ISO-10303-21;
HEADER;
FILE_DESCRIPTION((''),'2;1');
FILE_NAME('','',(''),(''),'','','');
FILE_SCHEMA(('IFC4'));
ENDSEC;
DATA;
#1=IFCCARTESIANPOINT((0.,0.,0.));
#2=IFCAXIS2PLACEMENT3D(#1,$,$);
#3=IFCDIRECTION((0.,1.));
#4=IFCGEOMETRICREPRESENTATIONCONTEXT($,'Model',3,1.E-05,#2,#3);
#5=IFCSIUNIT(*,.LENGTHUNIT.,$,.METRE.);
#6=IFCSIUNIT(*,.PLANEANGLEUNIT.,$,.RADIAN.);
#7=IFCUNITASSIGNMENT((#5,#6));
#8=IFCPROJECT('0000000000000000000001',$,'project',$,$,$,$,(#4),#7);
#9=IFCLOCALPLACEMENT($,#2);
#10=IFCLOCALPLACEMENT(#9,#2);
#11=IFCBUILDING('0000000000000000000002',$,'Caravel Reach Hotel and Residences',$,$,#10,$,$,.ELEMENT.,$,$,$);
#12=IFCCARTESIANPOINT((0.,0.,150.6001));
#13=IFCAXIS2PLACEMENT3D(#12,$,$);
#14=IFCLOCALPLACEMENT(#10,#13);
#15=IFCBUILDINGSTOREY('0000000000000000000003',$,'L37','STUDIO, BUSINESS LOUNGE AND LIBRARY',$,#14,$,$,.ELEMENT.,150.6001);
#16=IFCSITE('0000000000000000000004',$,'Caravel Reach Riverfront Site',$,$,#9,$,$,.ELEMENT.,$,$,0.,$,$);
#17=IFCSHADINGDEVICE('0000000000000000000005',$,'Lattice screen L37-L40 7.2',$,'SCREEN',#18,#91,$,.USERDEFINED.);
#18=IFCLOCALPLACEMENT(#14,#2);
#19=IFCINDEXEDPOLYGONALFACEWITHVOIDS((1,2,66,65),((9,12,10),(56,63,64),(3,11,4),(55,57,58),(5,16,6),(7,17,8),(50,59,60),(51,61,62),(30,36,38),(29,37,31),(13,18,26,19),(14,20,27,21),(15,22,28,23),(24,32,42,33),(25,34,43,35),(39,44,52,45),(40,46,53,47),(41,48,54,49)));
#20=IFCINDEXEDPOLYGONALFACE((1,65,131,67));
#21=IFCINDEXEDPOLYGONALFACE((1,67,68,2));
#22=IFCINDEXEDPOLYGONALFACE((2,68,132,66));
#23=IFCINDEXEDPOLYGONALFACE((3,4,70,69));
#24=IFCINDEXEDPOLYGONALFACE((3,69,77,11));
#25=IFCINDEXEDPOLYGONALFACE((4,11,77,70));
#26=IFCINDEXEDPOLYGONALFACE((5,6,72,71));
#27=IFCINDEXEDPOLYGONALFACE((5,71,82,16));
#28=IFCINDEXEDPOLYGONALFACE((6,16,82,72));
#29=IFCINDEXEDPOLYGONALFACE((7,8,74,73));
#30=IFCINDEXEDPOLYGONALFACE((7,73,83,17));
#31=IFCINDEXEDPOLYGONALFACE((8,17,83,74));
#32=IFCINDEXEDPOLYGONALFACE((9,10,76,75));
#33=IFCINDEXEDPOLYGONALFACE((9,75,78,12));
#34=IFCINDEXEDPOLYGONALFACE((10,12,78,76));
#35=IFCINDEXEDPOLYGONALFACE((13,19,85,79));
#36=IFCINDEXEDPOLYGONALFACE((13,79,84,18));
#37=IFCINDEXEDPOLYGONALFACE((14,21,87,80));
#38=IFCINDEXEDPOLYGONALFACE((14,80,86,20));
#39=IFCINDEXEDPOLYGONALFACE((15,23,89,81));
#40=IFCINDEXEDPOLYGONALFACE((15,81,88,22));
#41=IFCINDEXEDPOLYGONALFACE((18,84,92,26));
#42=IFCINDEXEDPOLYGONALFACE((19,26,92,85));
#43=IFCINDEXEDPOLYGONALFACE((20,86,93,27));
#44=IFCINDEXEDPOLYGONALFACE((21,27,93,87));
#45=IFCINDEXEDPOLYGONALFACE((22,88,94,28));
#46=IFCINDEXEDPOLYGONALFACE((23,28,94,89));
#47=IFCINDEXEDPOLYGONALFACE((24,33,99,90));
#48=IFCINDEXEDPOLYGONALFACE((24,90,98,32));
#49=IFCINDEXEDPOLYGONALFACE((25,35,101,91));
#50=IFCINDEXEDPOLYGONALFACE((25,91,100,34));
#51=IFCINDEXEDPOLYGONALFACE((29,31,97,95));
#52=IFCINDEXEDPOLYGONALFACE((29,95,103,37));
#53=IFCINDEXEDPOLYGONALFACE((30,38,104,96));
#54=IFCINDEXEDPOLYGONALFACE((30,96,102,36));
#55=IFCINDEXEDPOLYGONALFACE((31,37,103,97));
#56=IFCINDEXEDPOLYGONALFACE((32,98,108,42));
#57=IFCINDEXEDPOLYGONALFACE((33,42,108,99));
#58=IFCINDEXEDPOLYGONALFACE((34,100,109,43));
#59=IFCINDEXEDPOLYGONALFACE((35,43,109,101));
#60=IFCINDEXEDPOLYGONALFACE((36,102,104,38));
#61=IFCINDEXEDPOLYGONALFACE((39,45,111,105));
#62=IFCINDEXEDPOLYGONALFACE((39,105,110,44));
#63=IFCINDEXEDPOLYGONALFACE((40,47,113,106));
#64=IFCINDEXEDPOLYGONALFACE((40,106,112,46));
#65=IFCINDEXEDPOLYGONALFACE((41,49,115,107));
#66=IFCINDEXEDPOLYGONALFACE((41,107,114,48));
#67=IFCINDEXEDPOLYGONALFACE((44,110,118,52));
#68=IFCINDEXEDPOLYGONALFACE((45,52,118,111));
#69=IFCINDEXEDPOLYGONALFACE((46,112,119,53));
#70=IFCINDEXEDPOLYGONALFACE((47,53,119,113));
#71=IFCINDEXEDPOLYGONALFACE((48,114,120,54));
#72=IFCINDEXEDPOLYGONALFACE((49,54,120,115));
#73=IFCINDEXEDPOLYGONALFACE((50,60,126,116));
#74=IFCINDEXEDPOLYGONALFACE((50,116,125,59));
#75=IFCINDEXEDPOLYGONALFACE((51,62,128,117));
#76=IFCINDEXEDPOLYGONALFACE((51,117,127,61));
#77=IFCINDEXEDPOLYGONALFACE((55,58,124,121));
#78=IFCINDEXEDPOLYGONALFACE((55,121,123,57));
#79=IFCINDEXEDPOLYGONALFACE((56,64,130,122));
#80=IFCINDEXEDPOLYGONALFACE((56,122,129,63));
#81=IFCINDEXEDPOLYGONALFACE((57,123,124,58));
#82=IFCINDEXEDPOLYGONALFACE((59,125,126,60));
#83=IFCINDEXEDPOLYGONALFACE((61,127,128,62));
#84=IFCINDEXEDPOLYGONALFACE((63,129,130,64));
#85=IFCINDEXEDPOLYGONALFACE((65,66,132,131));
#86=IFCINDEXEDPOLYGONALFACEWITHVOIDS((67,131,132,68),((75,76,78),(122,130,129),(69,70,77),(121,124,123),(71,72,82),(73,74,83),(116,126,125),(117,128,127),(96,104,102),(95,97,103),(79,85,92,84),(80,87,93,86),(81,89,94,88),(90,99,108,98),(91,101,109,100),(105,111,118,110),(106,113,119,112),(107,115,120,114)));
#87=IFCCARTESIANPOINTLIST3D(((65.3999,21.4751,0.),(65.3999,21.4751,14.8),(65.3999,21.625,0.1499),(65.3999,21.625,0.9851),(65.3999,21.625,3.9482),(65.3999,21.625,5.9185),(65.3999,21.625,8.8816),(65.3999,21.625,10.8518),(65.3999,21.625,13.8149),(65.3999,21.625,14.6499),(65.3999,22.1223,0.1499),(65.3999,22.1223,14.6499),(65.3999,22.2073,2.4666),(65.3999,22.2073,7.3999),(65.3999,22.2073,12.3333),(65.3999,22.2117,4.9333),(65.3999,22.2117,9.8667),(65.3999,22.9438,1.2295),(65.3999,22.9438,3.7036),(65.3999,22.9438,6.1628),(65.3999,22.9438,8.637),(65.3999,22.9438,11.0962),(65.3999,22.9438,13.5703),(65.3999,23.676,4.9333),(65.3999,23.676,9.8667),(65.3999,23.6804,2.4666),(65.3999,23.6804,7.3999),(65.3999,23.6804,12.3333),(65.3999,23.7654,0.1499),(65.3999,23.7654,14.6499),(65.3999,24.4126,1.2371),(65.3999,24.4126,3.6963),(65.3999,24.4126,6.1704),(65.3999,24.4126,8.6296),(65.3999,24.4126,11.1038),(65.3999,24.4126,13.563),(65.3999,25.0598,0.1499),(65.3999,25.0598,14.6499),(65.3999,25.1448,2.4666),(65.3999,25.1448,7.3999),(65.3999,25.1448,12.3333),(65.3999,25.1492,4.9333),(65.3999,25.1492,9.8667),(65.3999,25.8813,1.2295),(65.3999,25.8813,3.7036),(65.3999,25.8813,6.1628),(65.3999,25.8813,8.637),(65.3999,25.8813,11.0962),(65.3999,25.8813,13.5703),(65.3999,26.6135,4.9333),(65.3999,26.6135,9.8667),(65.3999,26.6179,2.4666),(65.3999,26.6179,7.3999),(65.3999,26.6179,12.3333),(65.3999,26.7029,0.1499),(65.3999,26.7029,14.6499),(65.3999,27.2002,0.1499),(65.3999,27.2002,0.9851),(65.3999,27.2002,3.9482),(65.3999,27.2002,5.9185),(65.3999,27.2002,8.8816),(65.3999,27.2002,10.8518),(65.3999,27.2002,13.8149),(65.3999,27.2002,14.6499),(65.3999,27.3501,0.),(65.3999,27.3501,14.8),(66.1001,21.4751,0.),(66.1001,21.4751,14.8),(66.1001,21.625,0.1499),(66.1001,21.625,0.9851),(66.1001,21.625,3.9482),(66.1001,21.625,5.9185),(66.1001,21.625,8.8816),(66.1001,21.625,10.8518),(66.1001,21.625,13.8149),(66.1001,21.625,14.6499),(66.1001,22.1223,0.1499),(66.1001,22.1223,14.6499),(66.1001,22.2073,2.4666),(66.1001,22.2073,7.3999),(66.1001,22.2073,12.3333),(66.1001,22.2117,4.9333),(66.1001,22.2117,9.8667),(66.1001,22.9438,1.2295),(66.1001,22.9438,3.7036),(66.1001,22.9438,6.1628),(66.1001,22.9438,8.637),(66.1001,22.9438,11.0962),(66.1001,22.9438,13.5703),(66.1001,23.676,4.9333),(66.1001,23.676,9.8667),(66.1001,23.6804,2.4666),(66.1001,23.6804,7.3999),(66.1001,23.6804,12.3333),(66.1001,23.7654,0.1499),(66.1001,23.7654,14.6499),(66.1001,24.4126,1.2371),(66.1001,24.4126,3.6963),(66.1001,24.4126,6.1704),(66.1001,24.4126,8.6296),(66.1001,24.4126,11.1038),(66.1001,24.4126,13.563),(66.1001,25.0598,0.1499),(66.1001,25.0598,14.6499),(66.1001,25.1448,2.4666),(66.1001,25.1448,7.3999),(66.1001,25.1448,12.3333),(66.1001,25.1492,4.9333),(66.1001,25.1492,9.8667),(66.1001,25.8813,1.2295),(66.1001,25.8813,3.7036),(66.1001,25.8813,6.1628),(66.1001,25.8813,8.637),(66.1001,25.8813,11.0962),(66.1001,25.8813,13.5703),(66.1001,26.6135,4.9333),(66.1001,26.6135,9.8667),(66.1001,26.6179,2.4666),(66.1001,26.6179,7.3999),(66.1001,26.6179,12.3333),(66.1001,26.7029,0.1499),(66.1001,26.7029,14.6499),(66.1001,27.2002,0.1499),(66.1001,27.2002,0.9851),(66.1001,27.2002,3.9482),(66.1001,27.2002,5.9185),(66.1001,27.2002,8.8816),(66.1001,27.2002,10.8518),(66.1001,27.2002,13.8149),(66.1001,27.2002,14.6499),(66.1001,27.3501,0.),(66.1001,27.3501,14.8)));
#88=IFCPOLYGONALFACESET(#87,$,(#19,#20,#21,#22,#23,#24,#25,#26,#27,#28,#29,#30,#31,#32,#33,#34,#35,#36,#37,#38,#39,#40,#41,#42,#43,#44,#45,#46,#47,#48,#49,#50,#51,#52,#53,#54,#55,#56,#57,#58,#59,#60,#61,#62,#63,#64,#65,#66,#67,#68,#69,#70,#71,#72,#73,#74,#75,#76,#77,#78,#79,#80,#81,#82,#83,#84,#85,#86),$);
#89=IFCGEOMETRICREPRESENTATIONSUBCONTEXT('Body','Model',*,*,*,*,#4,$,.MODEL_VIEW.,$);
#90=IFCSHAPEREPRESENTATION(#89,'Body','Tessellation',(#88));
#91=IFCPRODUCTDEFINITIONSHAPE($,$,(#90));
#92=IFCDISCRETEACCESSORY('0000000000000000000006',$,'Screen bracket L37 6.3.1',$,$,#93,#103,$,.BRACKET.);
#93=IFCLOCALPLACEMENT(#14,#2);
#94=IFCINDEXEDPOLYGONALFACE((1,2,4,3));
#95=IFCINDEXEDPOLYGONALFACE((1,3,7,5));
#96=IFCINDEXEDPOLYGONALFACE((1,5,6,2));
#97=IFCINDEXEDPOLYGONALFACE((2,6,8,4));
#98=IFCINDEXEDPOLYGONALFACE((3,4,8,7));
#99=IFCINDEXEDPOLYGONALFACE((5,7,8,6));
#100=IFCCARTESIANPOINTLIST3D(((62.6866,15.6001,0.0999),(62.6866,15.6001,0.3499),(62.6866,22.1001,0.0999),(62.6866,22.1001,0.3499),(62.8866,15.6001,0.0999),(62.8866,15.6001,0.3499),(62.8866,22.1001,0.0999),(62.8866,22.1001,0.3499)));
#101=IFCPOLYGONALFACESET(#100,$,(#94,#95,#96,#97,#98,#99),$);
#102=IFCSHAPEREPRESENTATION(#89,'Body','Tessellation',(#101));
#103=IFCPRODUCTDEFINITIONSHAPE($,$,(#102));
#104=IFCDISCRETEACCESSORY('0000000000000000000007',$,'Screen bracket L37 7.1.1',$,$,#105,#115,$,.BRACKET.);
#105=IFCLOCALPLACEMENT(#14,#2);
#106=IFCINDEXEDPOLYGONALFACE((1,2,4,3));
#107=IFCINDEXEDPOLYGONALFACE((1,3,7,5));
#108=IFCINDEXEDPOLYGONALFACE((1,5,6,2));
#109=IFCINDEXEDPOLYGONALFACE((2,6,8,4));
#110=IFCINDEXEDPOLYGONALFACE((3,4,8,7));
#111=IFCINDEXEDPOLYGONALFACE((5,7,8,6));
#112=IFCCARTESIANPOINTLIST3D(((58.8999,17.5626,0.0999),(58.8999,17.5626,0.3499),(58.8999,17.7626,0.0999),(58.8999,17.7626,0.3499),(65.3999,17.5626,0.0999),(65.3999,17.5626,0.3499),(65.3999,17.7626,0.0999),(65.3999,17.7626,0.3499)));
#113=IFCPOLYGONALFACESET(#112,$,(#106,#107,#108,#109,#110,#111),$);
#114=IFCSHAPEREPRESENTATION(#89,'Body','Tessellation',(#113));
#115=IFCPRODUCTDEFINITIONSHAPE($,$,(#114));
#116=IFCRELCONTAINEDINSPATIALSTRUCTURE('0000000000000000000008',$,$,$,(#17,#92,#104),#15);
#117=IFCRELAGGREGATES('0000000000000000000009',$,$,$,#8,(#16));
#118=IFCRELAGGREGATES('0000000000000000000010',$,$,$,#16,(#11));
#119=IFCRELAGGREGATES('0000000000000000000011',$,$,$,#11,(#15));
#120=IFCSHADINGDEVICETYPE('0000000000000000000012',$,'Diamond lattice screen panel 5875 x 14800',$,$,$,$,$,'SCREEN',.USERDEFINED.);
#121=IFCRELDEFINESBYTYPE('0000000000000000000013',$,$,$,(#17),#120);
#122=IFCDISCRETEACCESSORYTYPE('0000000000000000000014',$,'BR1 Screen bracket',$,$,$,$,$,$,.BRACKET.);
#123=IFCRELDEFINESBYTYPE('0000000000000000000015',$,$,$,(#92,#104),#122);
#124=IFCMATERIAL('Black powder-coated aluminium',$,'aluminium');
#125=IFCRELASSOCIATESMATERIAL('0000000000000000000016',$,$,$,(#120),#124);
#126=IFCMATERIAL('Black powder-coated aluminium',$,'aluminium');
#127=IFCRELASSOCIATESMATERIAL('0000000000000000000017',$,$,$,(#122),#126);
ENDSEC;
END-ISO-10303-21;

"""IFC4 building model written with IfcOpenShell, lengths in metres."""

from ifc_helpers import new_model, si_unit, direction, frame, origin, origin_2d, place, context, subcontext, project, spatial, polyline, rectangle, outline, extrude, material, type_object, element, save


model = new_model("IFC4")

# Units and contexts
model_context = context("Model", 3, precision=1e-05, world=origin(), true_north=direction((0.0, 1.0)))
body_context = subcontext(model_context, "Body", "Model", "MODEL_VIEW")
ifc_project = project(units=[si_unit("LENGTHUNIT", "METRE"), si_unit("PLANEANGLEUNIT", "RADIAN")], contexts=[model_context])

# Site, building, storey
site_placement = place(None, origin())
site = spatial("IfcSite", under=ifc_project, at=site_placement, Name="Caravel Reach Riverfront Site", CompositionType="ELEMENT", RefElevation=0.0)
building_placement = place(site_placement, origin())
building = spatial("IfcBuilding", under=site, at=building_placement, Name="Caravel Reach Hotel and Residences", CompositionType="ELEMENT")
storey_placement = place(building_placement, frame((0.0, 0.0, 150.6001)))
storey = spatial("IfcBuildingStorey", under=building, at=storey_placement, Name="L37", Description="STUDIO, BUSINESS LOUNGE AND LIBRARY", CompositionType="ELEMENT", Elevation=150.6001)

# Shading device
ifc_material_1 = material(Name="Black powder-coated aluminium", Category="aluminium")
shading_device_type = type_object("IfcShadingDeviceType", Name="Diamond lattice screen panel 5875 x 14800", ElementType="SCREEN", PredefinedType="USERDEFINED", material=ifc_material_1)
shading_device_placement = place(storey_placement, frame((65.3999, 21.4751, 0.0), z_axis=(1.0, 0.0, 0.0), x_axis=(0.0, 1.0, 0.0)))
element("IfcShadingDevice", 1, at=shading_device_placement, inside=storey, type_object=shading_device_type, Name="Lattice screen L37-L40 7.2", ObjectType="SCREEN", PredefinedType="USERDEFINED", context=body_context, shape_type="SweptSolid", body=[
    extrude(outline(polyline([(0.0, 0.0), (5.875, 0.0), (5.875, 14.8), (0.0, 14.8), (0.0, 0.0)]), holes=[polyline([(0.6472, 0.1499), (0.1499, 0.9851), (0.1499, 0.1499), (0.6472, 0.1499)]), polyline([(0.7366, 4.9333), (0.1499, 5.9185), (0.1499, 3.9482), (0.7366, 4.9333)]), polyline([(0.7366, 9.8667), (0.1499, 10.8518), (0.1499, 8.8816), (0.7366, 9.8667)]), polyline([(0.1499, 13.8149), (0.6472, 14.6499), (0.1499, 14.6499), (0.1499, 13.8149)]), polyline([(1.4688, 3.7036), (0.7322, 2.4666), (1.4688, 1.2295), (2.2053, 2.4666), (1.4688, 3.7036)]), polyline([(1.4688, 8.637), (0.7322, 7.3999), (1.4688, 6.1628), (2.2053, 7.3999), (1.4688, 8.637)]), polyline([(1.4688, 13.5703), (0.7322, 12.3333), (1.4688, 11.0962), (2.2053, 12.3333), (1.4688, 13.5703)]), polyline([(2.9375, 1.2371), (2.2903, 0.1499), (3.5847, 0.1499), (2.9375, 1.2371)]), polyline([(2.9375, 6.1704), (2.2009, 4.9333), (2.9375, 3.6963), (3.6741, 4.9333), (2.9375, 6.1704)]), polyline([(2.9375, 11.1038), (2.2009, 9.8667), (2.9375, 8.6296), (3.6741, 9.8667), (2.9375, 11.1038)]), polyline([(2.9375, 13.563), (3.5847, 14.6499), (2.2903, 14.6499), (2.9375, 13.563)]), polyline([(4.4062, 3.7036), (3.6697, 2.4666), (4.4062, 1.2295), (5.1428, 2.4666), (4.4062, 3.7036)]), polyline([(4.4062, 8.637), (3.6697, 7.3999), (4.4062, 6.1628), (5.1428, 7.3999), (4.4062, 8.637)]), polyline([(4.4062, 13.5703), (3.6697, 12.3333), (4.4062, 11.0962), (5.1428, 12.3333), (4.4062, 13.5703)]), polyline([(5.7251, 0.9851), (5.2278, 0.1499), (5.7251, 0.1499), (5.7251, 0.9851)]), polyline([(5.1384, 4.9333), (5.7251, 3.9482), (5.7251, 5.9185), (5.1384, 4.9333)]), polyline([(5.1384, 9.8667), (5.7251, 8.8816), (5.7251, 10.8518), (5.1384, 9.8667)]), polyline([(5.2278, 14.6499), (5.7251, 13.8149), (5.7251, 14.6499), (5.2278, 14.6499)])]), origin(), (0.0, 0.0, 1.0), 0.7002),
])

# Discrete accessories
ifc_material_2 = material(Name="Black powder-coated aluminium", Category="aluminium")
discrete_accessory_type = type_object("IfcDiscreteAccessoryType", Name="BR1 Screen bracket", PredefinedType="BRACKET", material=ifc_material_2)
for number, where, z_axis, x_axis, name in (
    (2, (62.7866, 18.8501, 0.0999), (0.0, 0.0, 1.0), (0.0, -1.0, 0.0), "Screen bracket L37 6.3.1"),
    (3, (62.1499, 17.6626, 0.0999), (0.0, 0.0, 1.0), (1.0, 0.0, 0.0), "Screen bracket L37 7.1.1"),
):
    element("IfcDiscreteAccessory", number, at=place(storey_placement, frame(where, z_axis=z_axis, x_axis=x_axis)), inside=storey, type_object=discrete_accessory_type, Name=name, PredefinedType="BRACKET", context=body_context, shape_type="SweptSolid", body=[
        extrude(rectangle(XDim=6.5, YDim=0.2, at=origin_2d()), origin(), (0.0, 0.0, 1.0), 0.25),
    ])

save(model, "model.ifc")
